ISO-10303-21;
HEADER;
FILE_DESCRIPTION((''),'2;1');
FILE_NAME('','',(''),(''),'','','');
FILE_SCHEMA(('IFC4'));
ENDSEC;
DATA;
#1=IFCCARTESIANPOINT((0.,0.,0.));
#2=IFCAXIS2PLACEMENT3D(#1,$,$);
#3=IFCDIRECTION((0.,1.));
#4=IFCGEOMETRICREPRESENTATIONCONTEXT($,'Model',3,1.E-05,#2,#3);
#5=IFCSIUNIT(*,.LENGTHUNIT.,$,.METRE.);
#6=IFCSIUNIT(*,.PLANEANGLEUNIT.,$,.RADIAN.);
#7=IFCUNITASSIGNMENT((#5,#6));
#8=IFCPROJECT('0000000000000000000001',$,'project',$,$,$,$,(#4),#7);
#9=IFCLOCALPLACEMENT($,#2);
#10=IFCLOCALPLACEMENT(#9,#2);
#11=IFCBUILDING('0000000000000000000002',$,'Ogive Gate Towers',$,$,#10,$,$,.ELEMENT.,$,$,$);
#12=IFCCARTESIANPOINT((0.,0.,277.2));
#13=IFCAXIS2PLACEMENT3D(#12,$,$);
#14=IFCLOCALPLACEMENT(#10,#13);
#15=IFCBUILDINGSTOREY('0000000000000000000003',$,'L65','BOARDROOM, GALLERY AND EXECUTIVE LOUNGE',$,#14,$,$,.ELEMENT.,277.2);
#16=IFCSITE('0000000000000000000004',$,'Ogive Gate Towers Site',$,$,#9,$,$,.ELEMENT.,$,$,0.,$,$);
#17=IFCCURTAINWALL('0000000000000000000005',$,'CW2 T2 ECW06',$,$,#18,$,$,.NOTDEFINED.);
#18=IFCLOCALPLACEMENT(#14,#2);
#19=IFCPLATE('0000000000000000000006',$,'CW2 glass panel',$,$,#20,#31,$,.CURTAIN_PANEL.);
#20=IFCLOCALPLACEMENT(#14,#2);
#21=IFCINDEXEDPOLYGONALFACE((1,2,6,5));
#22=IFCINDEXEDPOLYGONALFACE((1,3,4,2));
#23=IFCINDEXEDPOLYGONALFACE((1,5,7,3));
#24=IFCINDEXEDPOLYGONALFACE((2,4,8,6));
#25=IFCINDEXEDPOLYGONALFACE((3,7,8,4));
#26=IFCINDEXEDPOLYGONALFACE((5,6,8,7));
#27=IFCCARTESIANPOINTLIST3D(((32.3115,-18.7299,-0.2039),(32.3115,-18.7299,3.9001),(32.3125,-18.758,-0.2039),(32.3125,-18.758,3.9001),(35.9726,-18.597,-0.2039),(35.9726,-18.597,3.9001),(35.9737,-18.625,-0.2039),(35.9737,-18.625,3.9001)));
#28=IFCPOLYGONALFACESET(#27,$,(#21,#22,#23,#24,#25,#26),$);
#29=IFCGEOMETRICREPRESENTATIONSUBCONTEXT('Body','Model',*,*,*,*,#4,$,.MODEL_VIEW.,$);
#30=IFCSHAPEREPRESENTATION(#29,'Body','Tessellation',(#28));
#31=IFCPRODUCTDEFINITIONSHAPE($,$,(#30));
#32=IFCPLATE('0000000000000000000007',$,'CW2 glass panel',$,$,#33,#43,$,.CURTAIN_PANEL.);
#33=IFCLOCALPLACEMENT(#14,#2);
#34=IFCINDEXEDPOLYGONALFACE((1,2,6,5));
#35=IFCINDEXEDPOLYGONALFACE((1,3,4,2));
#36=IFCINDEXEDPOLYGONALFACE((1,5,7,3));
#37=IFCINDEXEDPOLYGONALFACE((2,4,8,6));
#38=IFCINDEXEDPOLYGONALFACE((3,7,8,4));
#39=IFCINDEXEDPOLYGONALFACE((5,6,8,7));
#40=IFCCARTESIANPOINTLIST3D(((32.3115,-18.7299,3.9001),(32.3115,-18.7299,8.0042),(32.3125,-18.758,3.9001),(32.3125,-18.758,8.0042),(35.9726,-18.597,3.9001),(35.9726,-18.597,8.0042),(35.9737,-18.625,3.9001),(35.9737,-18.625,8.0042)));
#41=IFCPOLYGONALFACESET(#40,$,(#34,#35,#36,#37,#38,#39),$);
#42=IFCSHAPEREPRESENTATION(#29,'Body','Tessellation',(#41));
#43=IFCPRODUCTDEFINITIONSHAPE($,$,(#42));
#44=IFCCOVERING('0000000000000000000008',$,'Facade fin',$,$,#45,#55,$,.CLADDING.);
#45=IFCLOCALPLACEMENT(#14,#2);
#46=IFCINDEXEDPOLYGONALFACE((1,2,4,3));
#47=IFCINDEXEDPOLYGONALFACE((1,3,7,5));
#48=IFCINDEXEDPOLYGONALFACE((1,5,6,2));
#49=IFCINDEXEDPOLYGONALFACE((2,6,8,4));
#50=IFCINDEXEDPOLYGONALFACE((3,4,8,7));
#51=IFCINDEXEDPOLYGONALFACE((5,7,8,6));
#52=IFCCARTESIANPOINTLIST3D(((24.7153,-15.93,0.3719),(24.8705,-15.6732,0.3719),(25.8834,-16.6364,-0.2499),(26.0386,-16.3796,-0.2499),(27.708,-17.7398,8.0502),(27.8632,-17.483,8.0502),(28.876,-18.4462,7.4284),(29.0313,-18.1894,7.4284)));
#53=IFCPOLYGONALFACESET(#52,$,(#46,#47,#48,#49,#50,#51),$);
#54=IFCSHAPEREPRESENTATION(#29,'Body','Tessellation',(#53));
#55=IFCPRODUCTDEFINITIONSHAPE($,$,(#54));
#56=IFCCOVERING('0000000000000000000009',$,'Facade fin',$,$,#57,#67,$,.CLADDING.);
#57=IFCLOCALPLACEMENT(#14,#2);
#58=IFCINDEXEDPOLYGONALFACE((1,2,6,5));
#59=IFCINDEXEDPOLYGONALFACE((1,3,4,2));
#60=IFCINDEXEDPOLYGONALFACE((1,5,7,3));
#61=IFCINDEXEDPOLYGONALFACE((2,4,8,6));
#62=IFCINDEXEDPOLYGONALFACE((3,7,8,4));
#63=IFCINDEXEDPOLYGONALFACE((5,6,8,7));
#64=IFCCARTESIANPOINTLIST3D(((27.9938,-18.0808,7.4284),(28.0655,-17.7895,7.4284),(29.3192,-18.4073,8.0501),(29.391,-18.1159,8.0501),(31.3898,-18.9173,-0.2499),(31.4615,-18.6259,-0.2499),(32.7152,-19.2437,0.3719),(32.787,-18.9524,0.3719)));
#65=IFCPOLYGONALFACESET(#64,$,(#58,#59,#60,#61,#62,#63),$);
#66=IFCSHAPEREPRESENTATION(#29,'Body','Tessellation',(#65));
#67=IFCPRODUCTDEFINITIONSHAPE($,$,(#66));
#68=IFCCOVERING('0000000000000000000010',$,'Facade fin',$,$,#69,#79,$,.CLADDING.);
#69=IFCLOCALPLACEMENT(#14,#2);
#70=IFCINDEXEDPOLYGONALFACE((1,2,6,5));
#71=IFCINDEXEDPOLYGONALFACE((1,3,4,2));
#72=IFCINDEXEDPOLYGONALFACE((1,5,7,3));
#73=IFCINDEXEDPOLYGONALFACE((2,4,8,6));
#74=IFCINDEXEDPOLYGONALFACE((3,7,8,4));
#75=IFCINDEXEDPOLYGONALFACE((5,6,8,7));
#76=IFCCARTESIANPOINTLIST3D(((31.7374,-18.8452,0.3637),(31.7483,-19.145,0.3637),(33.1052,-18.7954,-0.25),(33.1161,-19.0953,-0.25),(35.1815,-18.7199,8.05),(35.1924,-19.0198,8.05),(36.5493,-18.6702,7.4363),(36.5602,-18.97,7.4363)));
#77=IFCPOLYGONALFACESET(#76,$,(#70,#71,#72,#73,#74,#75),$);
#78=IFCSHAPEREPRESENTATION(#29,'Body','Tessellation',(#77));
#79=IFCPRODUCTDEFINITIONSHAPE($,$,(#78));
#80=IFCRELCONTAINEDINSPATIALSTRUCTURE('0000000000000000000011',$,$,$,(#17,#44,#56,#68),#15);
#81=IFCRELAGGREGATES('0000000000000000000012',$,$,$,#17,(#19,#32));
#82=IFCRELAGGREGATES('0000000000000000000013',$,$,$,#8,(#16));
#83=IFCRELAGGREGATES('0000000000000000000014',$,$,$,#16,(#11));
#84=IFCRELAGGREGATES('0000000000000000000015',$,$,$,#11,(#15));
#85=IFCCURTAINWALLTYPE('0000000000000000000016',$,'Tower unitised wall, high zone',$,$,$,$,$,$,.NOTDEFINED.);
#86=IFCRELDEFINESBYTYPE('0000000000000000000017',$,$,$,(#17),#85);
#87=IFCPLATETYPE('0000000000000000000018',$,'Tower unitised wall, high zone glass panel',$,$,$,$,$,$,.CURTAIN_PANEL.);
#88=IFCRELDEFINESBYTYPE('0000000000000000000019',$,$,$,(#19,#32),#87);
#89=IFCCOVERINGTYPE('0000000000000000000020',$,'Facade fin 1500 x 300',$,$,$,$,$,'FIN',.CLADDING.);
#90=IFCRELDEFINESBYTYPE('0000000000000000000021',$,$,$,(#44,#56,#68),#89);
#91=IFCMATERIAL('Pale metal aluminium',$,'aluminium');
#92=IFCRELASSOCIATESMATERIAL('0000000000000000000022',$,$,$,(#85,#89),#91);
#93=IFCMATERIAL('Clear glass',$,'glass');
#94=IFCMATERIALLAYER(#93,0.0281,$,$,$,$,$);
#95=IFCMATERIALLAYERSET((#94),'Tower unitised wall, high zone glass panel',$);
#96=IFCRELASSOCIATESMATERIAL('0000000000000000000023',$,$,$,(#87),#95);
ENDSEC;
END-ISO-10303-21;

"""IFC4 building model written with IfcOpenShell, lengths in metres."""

from ifc_helpers import new_model, si_unit, direction, frame, origin, origin_2d, place, context, subcontext, project, spatial, rectangle, extrude, material, layer, layer_set, material_profile, profile_set, type_object, element, aggregate, save


model = new_model("IFC4")

# Units and contexts
model_context = context("Model", 3, precision=1e-05, world=origin(), true_north=direction((0.0, 1.0)))
body_context = subcontext(model_context, "Body", "Model", "MODEL_VIEW")
ifc_project = project(units=[si_unit("LENGTHUNIT", "METRE"), si_unit("PLANEANGLEUNIT", "RADIAN")], contexts=[model_context])

# Site, building, storey
site_placement = place(None, origin())
site = spatial("IfcSite", under=ifc_project, at=site_placement, Name="Ogive Gate Towers Site", CompositionType="ELEMENT", RefElevation=0.0)
building_placement = place(site_placement, origin())
building = spatial("IfcBuilding", under=site, at=building_placement, Name="Ogive Gate Towers", CompositionType="ELEMENT")
storey_placement = place(building_placement, frame((0.0, 0.0, 277.2)))
storey = spatial("IfcBuildingStorey", under=building, at=storey_placement, Name="L65", Description="BOARDROOM, GALLERY AND EXECUTIVE LOUNGE", CompositionType="ELEMENT", Elevation=277.2)

# Curtain wall, plates
ifc_material_1 = material(Name="Pale metal aluminium", Category="aluminium")
curtain_wall_type = type_object("IfcCurtainWallType", Name="Tower unitised wall, high zone", PredefinedType="NOTDEFINED", material=ifc_material_1)
curtain_wall_placement = place(storey_placement, origin())
curtain_wall = element("IfcCurtainWall", 1, at=curtain_wall_placement, inside=storey, type_object=curtain_wall_type, Name="CW2 T2 ECW06", PredefinedType="NOTDEFINED")
ifc_material_2 = material(Name="Clear glass", Category="glass")
ifc_layer = layer(ifc_material_2, 0.0281)
ifc_layer_set = layer_set([ifc_layer], Name="Tower unitised wall, high zone glass panel")
plate_type = type_object("IfcPlateType", Name="Tower unitised wall, high zone glass panel", PredefinedType="CURTAIN_PANEL", material=ifc_layer_set)
plate_1_placement = place(storey_placement, frame((34.1426, -18.6775, -0.2039), z_axis=(0.0, 0.0, 1.0), x_axis=(0.999341, 0.036295, 0.0)))
plate_1 = element("IfcPlate", 2, at=plate_1_placement, type_object=plate_type, Name="CW2 glass panel", PredefinedType="CURTAIN_PANEL", context=body_context, shape_type="SweptSolid", body=[
    extrude(rectangle(XDim=3.6636, YDim=0.0281, at=origin_2d()), origin(), (0.0, 0.0, 1.0), 4.104),
])
plate_2_placement = place(storey_placement, frame((34.1426, -18.6775, 3.9001), z_axis=(0.0, 0.0, 1.0), x_axis=(0.999341, 0.036295, 0.0)))
plate_2 = element("IfcPlate", 3, at=plate_2_placement, type_object=plate_type, Name="CW2 glass panel", PredefinedType="CURTAIN_PANEL", context=body_context, shape_type="SweptSolid", body=[
    extrude(rectangle(XDim=3.6636, YDim=0.0281, at=origin_2d()), origin(), (0.0, 0.0, 1.0), 4.104),
])
aggregate(curtain_wall, [plate_1, plate_2])

# Coverings
ifc_material_profile_1 = material_profile(ifc_material_1, rectangle(XDim=0.3, YDim=1.5, at=origin_2d()), Name="1500 x 300 pale metal aluminium")
ifc_profile_set_1 = profile_set([ifc_material_profile_1], Name="Pale metal aluminium")
covering_type = type_object("IfcCoveringType", Name="Facade fin 1500 x 300", ElementType="FIN", PredefinedType="CLADDING", material=ifc_profile_set_1)
for number, where, z_axis, x_axis, name in (
    (4, (25.377, -16.1548, 0.061), (0.354699, -0.214504, 0.910042), (0.51748, 0.855695, 0.0), "Facade fin"),
    (5, (32.0884, -18.9348, 0.061), (-0.402499, 0.099135, 0.910037), (-0.239151, -0.970982, 0.0), "Facade fin"),
):
    element("IfcCovering", number, at=place(storey_placement, frame(where, z_axis=z_axis, x_axis=x_axis)), inside=storey, type_object=covering_type, Name=name, PredefinedType="CLADDING", context=body_context, shape_type="SweptSolid", body=[
        extrude(rectangle(XDim=0.3, YDim=1.5, at=origin_2d()), origin(), (0.0, 0.0, 1.0), 8.4373),
    ])
covering_placement = place(storey_placement, frame((32.4268, -18.9702, 0.0569), z_axis=(0.408864, 0.014868, 0.912474), x_axis=(-0.036341, 0.999339, 0.0)))
element("IfcCovering", 6, at=covering_placement, inside=storey, type_object=covering_type, Name="Facade fin", PredefinedType="CLADDING", context=body_context, shape_type="SweptSolid", body=[
    extrude(rectangle(XDim=0.3, YDim=1.5, at=origin_2d()), origin(), (0.0, 0.0, 1.0), 8.4236),
])

save(model, "model.ifc")
